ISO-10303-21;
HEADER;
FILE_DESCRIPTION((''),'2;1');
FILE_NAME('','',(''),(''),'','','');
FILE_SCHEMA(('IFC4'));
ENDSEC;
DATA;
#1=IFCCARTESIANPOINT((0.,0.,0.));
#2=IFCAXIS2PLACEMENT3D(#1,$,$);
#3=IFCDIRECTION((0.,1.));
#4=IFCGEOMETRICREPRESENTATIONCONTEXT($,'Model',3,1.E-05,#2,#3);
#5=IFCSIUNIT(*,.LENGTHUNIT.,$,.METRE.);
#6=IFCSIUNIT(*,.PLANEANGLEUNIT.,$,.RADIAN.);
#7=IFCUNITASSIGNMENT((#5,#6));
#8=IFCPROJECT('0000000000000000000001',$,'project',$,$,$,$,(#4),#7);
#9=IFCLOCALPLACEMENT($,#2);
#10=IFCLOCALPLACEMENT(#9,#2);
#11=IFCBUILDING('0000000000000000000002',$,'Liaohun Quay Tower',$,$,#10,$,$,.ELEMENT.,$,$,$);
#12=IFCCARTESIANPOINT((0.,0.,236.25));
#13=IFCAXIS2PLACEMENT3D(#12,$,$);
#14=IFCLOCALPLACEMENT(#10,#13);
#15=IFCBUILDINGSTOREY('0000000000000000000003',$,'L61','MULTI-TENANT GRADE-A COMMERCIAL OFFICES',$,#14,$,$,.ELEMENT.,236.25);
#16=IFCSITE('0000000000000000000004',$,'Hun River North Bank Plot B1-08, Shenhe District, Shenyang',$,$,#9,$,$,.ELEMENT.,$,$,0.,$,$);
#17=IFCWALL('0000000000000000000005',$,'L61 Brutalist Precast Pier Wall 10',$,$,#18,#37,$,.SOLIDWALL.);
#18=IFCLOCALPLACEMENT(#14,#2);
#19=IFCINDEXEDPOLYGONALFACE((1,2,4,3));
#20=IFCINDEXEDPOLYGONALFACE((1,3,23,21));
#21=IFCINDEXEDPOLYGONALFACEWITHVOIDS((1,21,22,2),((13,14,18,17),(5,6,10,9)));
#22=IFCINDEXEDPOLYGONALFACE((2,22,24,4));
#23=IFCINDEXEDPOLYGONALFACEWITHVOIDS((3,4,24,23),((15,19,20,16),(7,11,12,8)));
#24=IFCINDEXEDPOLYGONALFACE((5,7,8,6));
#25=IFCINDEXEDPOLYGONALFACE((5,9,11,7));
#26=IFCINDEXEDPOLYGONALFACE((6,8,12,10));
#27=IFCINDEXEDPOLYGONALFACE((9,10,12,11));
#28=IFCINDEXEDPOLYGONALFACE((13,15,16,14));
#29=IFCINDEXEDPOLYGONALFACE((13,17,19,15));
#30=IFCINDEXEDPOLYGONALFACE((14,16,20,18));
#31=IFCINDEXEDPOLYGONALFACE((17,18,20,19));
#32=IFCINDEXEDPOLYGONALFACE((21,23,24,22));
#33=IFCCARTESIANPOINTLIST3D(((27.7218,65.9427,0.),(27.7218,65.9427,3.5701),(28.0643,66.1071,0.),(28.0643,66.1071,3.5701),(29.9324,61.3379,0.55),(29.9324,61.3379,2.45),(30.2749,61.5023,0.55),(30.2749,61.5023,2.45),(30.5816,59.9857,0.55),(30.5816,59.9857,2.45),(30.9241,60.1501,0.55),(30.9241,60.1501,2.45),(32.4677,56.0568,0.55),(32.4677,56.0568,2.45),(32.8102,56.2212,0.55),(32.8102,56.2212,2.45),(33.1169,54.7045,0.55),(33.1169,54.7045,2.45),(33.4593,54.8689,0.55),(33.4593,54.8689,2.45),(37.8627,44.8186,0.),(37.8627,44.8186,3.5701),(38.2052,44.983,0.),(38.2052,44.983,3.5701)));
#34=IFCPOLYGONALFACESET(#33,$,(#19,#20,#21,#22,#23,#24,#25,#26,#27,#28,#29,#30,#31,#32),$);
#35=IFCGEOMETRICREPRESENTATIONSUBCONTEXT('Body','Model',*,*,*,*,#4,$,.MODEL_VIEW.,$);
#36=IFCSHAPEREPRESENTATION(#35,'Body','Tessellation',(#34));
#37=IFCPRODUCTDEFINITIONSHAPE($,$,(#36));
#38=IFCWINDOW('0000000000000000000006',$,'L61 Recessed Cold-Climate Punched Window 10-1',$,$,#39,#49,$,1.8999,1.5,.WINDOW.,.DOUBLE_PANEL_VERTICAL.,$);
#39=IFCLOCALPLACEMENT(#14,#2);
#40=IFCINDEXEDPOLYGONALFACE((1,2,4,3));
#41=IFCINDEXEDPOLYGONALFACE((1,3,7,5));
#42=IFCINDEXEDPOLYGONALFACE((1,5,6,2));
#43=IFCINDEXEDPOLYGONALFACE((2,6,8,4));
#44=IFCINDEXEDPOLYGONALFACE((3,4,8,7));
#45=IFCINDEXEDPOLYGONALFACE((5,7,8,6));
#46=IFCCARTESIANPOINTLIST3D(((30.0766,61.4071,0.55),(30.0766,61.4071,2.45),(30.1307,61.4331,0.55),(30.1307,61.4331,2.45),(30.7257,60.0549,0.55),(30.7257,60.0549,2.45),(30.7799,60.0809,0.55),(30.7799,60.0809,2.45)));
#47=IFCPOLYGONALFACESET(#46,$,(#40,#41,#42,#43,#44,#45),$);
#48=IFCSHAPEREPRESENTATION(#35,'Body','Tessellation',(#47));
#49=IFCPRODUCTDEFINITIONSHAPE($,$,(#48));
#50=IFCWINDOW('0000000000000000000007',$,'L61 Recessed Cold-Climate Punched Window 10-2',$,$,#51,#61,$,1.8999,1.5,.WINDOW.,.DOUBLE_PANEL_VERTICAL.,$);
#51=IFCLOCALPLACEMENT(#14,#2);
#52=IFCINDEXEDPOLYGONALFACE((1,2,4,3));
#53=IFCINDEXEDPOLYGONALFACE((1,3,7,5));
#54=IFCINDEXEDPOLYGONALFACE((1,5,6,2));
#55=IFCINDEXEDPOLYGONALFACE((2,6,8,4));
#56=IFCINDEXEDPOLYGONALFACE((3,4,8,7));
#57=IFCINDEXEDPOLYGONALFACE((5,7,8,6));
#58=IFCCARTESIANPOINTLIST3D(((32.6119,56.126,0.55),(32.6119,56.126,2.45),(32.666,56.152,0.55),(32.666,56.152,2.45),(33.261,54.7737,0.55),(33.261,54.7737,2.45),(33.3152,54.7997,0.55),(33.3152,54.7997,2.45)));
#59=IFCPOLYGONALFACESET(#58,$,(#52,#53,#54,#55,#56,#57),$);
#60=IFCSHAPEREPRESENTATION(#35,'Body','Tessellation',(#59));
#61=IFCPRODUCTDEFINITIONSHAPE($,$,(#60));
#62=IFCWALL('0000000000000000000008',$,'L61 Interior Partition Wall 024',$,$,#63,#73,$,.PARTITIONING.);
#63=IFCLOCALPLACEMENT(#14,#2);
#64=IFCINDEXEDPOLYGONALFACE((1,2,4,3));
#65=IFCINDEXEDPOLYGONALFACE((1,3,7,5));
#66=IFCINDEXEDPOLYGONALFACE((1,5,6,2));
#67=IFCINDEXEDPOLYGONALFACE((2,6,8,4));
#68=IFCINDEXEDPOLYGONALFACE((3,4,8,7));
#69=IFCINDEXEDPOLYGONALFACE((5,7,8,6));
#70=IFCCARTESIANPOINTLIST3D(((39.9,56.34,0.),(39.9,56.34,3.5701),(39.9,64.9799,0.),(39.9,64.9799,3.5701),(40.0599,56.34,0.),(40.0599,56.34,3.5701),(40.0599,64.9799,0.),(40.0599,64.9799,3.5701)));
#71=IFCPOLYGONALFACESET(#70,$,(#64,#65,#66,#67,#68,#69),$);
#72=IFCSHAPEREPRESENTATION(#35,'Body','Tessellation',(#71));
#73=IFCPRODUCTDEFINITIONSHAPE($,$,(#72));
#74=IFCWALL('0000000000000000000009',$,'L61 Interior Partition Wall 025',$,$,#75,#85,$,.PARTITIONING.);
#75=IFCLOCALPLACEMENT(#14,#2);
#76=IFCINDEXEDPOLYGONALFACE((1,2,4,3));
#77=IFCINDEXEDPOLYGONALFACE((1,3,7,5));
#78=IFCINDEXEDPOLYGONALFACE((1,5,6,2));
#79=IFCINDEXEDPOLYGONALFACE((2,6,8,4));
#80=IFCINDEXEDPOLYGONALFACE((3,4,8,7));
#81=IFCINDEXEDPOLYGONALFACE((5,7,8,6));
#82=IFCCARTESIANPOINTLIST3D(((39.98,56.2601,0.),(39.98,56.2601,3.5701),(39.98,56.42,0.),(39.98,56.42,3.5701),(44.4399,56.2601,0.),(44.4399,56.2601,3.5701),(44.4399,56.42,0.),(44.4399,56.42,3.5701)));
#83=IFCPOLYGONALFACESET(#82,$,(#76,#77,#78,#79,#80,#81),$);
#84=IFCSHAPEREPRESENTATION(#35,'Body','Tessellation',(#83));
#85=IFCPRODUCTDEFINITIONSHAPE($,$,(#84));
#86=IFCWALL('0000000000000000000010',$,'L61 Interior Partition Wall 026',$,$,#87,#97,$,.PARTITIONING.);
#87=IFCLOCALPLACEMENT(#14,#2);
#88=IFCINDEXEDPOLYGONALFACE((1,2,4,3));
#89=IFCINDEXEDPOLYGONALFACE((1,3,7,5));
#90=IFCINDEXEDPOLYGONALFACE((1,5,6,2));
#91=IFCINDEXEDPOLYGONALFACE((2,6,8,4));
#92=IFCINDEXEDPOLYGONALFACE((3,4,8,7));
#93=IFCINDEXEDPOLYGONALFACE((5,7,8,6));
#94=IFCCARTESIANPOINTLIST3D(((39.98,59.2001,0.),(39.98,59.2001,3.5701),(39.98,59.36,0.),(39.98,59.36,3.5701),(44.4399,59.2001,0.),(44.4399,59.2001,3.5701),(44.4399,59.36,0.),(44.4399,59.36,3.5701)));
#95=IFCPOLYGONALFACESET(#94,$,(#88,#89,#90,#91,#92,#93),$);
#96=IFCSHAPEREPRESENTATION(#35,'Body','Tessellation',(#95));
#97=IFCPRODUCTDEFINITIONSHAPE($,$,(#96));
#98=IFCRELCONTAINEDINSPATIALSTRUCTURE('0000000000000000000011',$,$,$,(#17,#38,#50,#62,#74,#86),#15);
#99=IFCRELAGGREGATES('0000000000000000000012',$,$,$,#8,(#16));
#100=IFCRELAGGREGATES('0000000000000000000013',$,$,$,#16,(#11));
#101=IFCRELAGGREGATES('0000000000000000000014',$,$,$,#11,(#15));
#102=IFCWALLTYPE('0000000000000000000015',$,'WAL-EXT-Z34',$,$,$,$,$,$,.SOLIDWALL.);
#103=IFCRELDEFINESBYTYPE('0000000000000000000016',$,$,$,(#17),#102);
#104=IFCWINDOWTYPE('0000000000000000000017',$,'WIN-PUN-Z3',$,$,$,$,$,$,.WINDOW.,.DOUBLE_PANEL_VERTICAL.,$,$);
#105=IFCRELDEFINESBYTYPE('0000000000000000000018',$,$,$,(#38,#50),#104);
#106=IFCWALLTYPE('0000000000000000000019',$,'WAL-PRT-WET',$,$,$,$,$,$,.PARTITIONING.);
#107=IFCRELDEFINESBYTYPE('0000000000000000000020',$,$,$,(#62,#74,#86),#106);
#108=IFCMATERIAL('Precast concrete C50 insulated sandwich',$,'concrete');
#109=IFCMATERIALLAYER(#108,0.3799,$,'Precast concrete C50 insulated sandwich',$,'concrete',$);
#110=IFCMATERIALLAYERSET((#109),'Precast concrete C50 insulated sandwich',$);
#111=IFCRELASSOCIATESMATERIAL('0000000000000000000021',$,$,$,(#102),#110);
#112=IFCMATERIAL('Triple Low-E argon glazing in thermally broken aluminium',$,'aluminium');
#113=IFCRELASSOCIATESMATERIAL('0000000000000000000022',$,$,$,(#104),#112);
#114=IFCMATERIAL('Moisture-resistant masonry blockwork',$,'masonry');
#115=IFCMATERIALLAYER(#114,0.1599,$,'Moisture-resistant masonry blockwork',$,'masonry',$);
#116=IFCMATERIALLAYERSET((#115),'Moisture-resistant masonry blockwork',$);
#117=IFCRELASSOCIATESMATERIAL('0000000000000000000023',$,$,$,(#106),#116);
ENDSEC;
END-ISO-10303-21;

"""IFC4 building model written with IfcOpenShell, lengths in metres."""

from ifc_helpers import new_model, si_unit, direction, frame, frame_2d, origin, place, context, subcontext, project, spatial, rectangle, extrude, source, transform, mapped, material, layer, layer_set, type_object, element, fill, save


model = new_model("IFC4")

# Units and contexts
model_context = context("Model", 3, precision=1e-05, world=origin(), true_north=direction((0.0, 1.0)))
body_context = subcontext(model_context, "Body", "Model", "MODEL_VIEW")
ifc_project = project(units=[si_unit("LENGTHUNIT", "METRE"), si_unit("PLANEANGLEUNIT", "RADIAN")], contexts=[model_context])

# Site, building, storey
site_placement = place(None, origin())
site = spatial("IfcSite", under=ifc_project, at=site_placement, Name="Hun River North Bank Plot B1-08, Shenhe District, Shenyang", CompositionType="ELEMENT", RefElevation=0.0)
building_placement = place(site_placement, origin())
building = spatial("IfcBuilding", under=site, at=building_placement, Name="Liaohun Quay Tower", CompositionType="ELEMENT")
storey_placement = place(building_placement, frame((0.0, 0.0, 236.25)))
storey = spatial("IfcBuildingStorey", under=building, at=storey_placement, Name="L61", Description="MULTI-TENANT GRADE-A COMMERCIAL OFFICES", CompositionType="ELEMENT", Elevation=236.25)

# Shared definitions
ifc_material_1 = material(Name="Precast concrete C50 insulated sandwich", Category="concrete")
ifc_layer_1 = layer(ifc_material_1, 0.3799, Name="Precast concrete C50 insulated sandwich", Category="concrete")
ifc_layer_set_1 = layer_set([ifc_layer_1], Name="Precast concrete C50 insulated sandwich")
wall_type_1 = type_object("IfcWallType", Name="WAL-EXT-Z34", PredefinedType="SOLIDWALL", material=ifc_layer_set_1)

# Wall, openings, windows
wall_1_placement = place(storey_placement, frame((27.8931, 66.0249, 0.0), z_axis=(0.0, 0.0, 1.0), x_axis=(0.432777, -0.901501, 0.0)))
wall_1 = element("IfcWall", 1, at=wall_1_placement, inside=storey, type_object=wall_type_1, Name="L61 Brutalist Precast Pier Wall 10", PredefinedType="SOLIDWALL", context=body_context, shape_type="SweptSolid", body=[
    extrude(rectangle(XDim=23.4321, YDim=0.3799, at=frame_2d((11.7161, 0.0))), origin(), (0.0, 0.0, 1.0), 3.5701),
])
shared_shape_1 = source(origin(), body_context, "Body", "SweptSolid", [
    extrude(rectangle(XDim=1.5, YDim=1.8999, at=frame_2d((0.75, 0.95))), frame((0.0, 0.2, 0.0), z_axis=(0.0, -1.0, 0.0), x_axis=(1.0, 0.0, 0.0)), (0.0, 0.0, 1.0), 0.3999),
])
opening_1_placement = place(wall_1_placement, frame((5.1079, 0.0, 0.55)))
opening_1 = element("IfcOpeningElement", 2, at=opening_1_placement, cuts=wall_1, PredefinedType="OPENING", context=body_context, shape_type="MappedRepresentation", body=[
    mapped(shared_shape_1, transform((0.0, 0.0, 0.0), x_axis=(1.0, 0.0, 0.0), y_axis=(0.0, 1.0, 0.0), z_axis=(0.0, 0.0, 1.0), scale=1.0)),
])
opening_2_placement = place(wall_1_placement, frame((10.9661, 0.0, 0.55)))
opening_2 = element("IfcOpeningElement", 3, at=opening_2_placement, cuts=wall_1, PredefinedType="OPENING", context=body_context, shape_type="MappedRepresentation", body=[
    mapped(shared_shape_1, transform((0.0, 0.0, 0.0), x_axis=(1.0, 0.0, 0.0), y_axis=(0.0, 1.0, 0.0), z_axis=(0.0, 0.0, 1.0), scale=1.0)),
])
ifc_material_2 = material(Name="Triple Low-E argon glazing in thermally broken aluminium", Category="aluminium")
window_type_1 = type_object("IfcWindowType", Name="WIN-PUN-Z3", PartitioningType="DOUBLE_PANEL_VERTICAL", PredefinedType="WINDOW", material=ifc_material_2)
shared_shape_2 = source(origin(), body_context, "Body", "SweptSolid", [
    extrude(rectangle(XDim=1.5, YDim=1.8999, at=frame_2d((0.75, 0.95))), frame((0.0, 0.03, 0.0), z_axis=(0.0, -1.0, 0.0), x_axis=(1.0, 0.0, 0.0)), (0.0, 0.0, 1.0), 0.0601),
])
window_1_placement = place(opening_1_placement, origin())
window_1 = element("IfcWindow", 4, at=window_1_placement, inside=storey, type_object=window_type_1, Name="L61 Recessed Cold-Climate Punched Window 10-1", OverallHeight=1.8999, OverallWidth=1.5, PartitioningType="DOUBLE_PANEL_VERTICAL", PredefinedType="WINDOW", context=body_context, shape_type="MappedRepresentation", body=[
    mapped(shared_shape_2, transform((0.0, 0.0, 0.0), x_axis=(1.0, 0.0, 0.0), y_axis=(0.0, 1.0, 0.0), z_axis=(0.0, 0.0, 1.0), scale=1.0)),
])
fill(opening_1, window_1)
window_2_placement = place(opening_2_placement, origin())
window_2 = element("IfcWindow", 5, at=window_2_placement, inside=storey, type_object=window_type_1, Name="L61 Recessed Cold-Climate Punched Window 10-2", OverallHeight=1.8999, OverallWidth=1.5, PartitioningType="DOUBLE_PANEL_VERTICAL", PredefinedType="WINDOW", context=body_context, shape_type="MappedRepresentation", body=[
    mapped(shared_shape_2, transform((0.0, 0.0, 0.0), x_axis=(1.0, 0.0, 0.0), y_axis=(0.0, 1.0, 0.0), z_axis=(0.0, 0.0, 1.0), scale=1.0)),
])
fill(opening_2, window_2)

# Walls
ifc_material_3 = material(Name="Moisture-resistant masonry blockwork", Category="masonry")
ifc_layer_2 = layer(ifc_material_3, 0.1599, Name="Moisture-resistant masonry blockwork", Category="masonry")
ifc_layer_set_2 = layer_set([ifc_layer_2], Name="Moisture-resistant masonry blockwork")
wall_type_2 = type_object("IfcWallType", Name="WAL-PRT-WET", PredefinedType="PARTITIONING", material=ifc_layer_set_2)
wall_2_placement = place(storey_placement, frame((39.98, 56.3401, 0.0), z_axis=(0.0, 0.0, 1.0), x_axis=(0.0, 1.0, 0.0)))
element("IfcWall", 6, at=wall_2_placement, inside=storey, type_object=wall_type_2, Name="L61 Interior Partition Wall 024", PredefinedType="PARTITIONING", context=body_context, shape_type="SweptSolid", body=[
    extrude(rectangle(XDim=8.6399, YDim=0.1599, at=frame_2d((4.3198, 0.0))), origin(), (0.0, 0.0, 1.0), 3.5701),
])
for number, where, z_axis, x_axis, name in (
    (7, (39.98, 56.3401, 0.0), (0.0, 0.0, 1.0), (1.0, 0.0, 0.0), "L61 Interior Partition Wall 025"),
    (8, (39.98, 59.28, 0.0), (0.0, 0.0, 1.0), (1.0, 0.0, 0.0), "L61 Interior Partition Wall 026"),
):
    element("IfcWall", number, at=place(storey_placement, frame(where, z_axis=z_axis, x_axis=x_axis)), inside=storey, type_object=wall_type_2, Name=name, PredefinedType="PARTITIONING", context=body_context, shape_type="SweptSolid", body=[
        extrude(rectangle(XDim=4.46, YDim=0.1599, at=frame_2d((2.23, 0.0))), origin(), (0.0, 0.0, 1.0), 3.5701),
    ])

save(model, "model.ifc")
